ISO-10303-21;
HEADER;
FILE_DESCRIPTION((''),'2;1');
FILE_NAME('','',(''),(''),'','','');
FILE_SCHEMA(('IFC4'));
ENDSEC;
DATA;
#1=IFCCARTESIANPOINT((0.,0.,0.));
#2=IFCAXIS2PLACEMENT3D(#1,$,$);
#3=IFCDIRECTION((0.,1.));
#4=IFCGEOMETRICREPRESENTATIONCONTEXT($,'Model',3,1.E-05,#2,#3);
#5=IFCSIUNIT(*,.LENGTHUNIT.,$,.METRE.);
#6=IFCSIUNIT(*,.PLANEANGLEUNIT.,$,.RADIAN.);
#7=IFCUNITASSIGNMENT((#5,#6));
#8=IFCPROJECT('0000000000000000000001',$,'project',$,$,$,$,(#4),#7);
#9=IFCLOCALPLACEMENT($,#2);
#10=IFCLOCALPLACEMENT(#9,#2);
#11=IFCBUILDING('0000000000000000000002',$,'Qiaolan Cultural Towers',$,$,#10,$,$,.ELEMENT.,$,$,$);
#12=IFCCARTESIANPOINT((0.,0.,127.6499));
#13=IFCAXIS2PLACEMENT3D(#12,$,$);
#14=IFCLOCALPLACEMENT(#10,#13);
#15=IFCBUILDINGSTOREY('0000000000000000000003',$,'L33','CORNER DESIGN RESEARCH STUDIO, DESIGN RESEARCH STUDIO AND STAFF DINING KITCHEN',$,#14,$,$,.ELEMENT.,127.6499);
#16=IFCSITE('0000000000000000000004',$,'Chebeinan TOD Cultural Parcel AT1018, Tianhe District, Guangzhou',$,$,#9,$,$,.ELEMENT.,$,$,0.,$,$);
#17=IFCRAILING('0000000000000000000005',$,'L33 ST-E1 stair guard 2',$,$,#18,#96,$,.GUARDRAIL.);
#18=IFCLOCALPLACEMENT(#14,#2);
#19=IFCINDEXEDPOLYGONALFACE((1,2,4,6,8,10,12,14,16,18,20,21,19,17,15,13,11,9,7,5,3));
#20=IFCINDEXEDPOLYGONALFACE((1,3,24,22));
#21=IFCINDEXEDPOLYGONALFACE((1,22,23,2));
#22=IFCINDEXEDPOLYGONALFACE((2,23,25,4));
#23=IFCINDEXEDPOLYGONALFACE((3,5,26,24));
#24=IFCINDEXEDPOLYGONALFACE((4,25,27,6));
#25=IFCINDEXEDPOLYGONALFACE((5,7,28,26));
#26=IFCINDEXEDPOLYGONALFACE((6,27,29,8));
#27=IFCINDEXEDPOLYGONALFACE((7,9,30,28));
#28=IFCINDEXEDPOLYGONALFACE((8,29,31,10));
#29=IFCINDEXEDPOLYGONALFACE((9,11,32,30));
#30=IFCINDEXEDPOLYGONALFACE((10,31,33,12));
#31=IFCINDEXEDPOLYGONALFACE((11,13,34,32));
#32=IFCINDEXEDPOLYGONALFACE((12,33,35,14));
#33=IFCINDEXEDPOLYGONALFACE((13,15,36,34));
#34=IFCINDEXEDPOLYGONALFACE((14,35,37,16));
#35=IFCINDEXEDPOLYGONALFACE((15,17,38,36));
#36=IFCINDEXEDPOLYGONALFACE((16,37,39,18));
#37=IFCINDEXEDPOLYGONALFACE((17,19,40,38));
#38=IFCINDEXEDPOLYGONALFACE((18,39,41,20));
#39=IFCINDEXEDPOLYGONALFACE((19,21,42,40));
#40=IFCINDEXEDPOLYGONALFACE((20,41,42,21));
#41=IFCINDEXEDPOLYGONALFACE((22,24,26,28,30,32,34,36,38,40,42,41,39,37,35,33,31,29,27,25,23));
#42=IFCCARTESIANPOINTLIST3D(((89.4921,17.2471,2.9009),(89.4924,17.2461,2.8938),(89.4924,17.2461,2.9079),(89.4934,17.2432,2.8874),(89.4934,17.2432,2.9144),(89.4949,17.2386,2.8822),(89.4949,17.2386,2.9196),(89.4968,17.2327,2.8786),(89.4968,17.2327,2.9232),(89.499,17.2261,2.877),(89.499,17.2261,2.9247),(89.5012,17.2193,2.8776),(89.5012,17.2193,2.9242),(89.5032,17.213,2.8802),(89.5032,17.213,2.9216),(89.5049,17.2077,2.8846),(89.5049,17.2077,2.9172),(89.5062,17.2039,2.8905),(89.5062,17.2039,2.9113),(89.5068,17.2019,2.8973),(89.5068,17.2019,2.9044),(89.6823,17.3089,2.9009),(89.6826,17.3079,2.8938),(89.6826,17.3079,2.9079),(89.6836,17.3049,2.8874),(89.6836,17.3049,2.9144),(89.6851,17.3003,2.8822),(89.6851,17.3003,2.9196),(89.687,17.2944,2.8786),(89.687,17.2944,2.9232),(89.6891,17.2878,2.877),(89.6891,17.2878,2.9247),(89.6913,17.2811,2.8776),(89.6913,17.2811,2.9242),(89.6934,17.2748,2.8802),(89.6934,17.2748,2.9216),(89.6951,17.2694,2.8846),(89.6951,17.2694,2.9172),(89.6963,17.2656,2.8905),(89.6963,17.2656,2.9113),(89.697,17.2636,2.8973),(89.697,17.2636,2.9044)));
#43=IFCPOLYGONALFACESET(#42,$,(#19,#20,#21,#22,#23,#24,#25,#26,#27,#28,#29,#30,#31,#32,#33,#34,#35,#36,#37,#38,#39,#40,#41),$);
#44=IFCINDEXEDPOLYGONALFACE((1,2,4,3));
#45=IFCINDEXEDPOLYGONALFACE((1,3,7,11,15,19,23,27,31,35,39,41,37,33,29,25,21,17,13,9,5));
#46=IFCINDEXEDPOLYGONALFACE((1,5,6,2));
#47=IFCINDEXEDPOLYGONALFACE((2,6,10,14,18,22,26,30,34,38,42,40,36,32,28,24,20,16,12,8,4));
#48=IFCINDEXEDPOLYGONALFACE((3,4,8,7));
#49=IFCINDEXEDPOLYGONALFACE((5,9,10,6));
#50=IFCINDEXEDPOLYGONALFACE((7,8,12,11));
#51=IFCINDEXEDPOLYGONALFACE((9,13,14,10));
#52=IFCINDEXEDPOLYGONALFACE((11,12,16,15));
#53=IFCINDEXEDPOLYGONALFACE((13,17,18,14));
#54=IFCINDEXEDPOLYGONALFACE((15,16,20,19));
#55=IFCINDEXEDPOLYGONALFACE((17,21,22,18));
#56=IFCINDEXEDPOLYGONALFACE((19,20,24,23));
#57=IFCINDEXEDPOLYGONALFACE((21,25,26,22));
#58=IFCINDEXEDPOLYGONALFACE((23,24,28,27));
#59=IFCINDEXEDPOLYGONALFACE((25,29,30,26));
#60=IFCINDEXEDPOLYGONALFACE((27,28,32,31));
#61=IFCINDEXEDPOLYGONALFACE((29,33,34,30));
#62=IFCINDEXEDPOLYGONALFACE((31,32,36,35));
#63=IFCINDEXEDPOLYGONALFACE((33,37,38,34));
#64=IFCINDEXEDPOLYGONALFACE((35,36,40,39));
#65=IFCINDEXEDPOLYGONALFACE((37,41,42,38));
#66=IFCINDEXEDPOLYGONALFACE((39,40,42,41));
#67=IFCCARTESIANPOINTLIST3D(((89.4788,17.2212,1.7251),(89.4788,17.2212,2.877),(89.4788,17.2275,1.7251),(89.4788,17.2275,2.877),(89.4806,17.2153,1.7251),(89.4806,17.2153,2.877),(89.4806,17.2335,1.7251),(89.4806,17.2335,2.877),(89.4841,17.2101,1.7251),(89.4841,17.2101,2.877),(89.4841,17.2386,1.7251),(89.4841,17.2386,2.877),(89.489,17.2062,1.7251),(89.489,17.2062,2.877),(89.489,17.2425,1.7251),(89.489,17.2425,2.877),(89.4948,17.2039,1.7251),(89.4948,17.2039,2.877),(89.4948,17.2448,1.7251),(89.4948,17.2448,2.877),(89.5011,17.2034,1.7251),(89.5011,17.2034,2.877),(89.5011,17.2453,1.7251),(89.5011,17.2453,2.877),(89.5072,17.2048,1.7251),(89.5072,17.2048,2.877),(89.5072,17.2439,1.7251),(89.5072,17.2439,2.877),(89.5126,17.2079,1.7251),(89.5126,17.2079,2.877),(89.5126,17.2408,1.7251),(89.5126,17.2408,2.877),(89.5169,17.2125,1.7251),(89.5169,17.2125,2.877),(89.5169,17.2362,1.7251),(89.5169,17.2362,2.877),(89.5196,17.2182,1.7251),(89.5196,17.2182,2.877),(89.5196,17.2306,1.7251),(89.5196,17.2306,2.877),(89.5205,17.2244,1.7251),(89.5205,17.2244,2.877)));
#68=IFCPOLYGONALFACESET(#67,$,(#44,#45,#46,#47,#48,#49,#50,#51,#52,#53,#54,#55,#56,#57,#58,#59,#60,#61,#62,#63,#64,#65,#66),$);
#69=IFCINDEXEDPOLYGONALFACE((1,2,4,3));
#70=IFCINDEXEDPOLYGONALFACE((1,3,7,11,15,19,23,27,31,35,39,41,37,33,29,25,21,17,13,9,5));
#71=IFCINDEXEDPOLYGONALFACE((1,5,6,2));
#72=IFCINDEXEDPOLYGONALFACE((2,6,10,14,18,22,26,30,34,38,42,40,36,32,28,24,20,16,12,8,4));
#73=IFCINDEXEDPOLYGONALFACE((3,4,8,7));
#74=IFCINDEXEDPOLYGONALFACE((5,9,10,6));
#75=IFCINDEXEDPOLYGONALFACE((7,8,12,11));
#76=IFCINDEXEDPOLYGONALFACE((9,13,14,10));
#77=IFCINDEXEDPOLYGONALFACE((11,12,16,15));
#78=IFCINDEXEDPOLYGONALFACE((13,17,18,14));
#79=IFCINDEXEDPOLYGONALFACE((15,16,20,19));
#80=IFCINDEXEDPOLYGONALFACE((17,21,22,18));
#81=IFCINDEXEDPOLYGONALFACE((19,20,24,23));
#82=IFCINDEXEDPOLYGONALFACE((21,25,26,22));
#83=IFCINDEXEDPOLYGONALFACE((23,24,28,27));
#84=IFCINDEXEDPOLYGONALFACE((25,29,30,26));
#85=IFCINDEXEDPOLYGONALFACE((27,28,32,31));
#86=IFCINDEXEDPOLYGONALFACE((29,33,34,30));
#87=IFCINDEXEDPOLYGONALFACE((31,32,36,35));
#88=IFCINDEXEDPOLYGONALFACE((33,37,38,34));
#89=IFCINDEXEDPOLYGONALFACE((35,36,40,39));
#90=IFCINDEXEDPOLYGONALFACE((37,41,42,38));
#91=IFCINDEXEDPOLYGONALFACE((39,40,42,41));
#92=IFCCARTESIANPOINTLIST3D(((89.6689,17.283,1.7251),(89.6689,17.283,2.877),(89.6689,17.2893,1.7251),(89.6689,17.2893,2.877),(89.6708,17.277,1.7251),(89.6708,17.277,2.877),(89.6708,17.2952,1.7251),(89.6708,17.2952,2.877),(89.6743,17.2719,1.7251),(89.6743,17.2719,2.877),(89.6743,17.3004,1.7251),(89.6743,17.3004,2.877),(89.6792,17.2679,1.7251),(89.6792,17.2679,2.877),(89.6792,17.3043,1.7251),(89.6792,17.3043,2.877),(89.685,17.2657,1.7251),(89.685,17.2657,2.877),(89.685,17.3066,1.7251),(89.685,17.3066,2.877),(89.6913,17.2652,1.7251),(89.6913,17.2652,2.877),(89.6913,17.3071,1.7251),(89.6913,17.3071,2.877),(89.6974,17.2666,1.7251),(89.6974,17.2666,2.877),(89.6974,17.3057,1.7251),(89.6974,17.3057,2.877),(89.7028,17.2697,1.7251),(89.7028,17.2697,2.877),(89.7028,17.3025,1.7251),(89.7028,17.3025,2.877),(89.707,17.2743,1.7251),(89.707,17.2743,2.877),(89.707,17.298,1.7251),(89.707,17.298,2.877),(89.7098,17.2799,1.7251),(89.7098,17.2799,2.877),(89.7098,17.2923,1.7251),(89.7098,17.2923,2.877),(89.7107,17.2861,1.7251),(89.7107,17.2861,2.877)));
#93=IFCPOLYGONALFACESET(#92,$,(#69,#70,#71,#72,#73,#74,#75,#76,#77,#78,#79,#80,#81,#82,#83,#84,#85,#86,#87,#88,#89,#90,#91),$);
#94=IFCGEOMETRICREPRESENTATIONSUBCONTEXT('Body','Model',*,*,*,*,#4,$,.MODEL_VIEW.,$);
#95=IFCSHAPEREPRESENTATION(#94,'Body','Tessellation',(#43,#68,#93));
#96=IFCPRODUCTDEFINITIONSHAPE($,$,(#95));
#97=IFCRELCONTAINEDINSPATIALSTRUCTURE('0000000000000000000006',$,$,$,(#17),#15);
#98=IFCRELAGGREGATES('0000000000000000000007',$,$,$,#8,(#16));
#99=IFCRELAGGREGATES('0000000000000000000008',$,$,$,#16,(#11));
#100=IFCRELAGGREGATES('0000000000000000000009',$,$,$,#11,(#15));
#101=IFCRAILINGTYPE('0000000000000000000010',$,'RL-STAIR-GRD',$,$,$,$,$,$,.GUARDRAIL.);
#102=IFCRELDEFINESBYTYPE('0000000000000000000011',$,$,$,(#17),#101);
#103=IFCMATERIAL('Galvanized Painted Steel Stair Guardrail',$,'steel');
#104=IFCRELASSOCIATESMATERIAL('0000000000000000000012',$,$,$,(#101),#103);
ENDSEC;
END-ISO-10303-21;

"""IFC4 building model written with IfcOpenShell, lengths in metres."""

from ifc_helpers import new_model, si_unit, direction, frame, origin, origin_2d, place, context, subcontext, project, spatial, circle, extrude, material, type_object, element, save


model = new_model("IFC4")

# Units and contexts
model_context = context("Model", 3, precision=1e-05, world=origin(), true_north=direction((0.0, 1.0)))
body_context = subcontext(model_context, "Body", "Model", "MODEL_VIEW")
ifc_project = project(units=[si_unit("LENGTHUNIT", "METRE"), si_unit("PLANEANGLEUNIT", "RADIAN")], contexts=[model_context])

# Site, building, storey
site_placement = place(None, origin())
site = spatial("IfcSite", under=ifc_project, at=site_placement, Name="Chebeinan TOD Cultural Parcel AT1018, Tianhe District, Guangzhou", CompositionType="ELEMENT", RefElevation=0.0)
building_placement = place(site_placement, origin())
building = spatial("IfcBuilding", under=site, at=building_placement, Name="Qiaolan Cultural Towers", CompositionType="ELEMENT")
storey_placement = place(building_placement, frame((0.0, 0.0, 127.6499)))
storey = spatial("IfcBuildingStorey", under=building, at=storey_placement, Name="L33", Description="CORNER DESIGN RESEARCH STUDIO, DESIGN RESEARCH STUDIO AND STAFF DINING KITCHEN", CompositionType="ELEMENT", Elevation=127.6499)

# Railing
ifc_material_1 = material(Name="Galvanized Painted Steel Stair Guardrail", Category="steel")
railing_type_1 = type_object("IfcRailingType", Name="RL-STAIR-GRD", PredefinedType="GUARDRAIL", material=ifc_material_1)
railing_1_placement = place(storey_placement, frame((89.4995, 17.2244, 1.7251)))
element("IfcRailing", 1, at=railing_1_placement, inside=storey, type_object=railing_type_1, Name="L33 ST-E1 stair guard 2", PredefinedType="GUARDRAIL", context=body_context, shape_type="SweptSolid", body=[
    extrude(circle(Radius=0.0239, at=origin_2d()), frame((0.0, 0.0, 1.1758), z_axis=(0.951097, 0.308893, 0.0), x_axis=(-0.308893, 0.951097, 0.0)), (0.0, 0.0, 1.0), 0.2),
    extrude(circle(Radius=0.021, at=origin_2d()), origin(), (0.0, 0.0, 1.0), 1.1519),
    extrude(circle(Radius=0.021, at=origin_2d()), frame((0.1902, 0.0618, 0.0)), (0.0, 0.0, 1.0), 1.1519),
])

save(model, "model.ifc")
